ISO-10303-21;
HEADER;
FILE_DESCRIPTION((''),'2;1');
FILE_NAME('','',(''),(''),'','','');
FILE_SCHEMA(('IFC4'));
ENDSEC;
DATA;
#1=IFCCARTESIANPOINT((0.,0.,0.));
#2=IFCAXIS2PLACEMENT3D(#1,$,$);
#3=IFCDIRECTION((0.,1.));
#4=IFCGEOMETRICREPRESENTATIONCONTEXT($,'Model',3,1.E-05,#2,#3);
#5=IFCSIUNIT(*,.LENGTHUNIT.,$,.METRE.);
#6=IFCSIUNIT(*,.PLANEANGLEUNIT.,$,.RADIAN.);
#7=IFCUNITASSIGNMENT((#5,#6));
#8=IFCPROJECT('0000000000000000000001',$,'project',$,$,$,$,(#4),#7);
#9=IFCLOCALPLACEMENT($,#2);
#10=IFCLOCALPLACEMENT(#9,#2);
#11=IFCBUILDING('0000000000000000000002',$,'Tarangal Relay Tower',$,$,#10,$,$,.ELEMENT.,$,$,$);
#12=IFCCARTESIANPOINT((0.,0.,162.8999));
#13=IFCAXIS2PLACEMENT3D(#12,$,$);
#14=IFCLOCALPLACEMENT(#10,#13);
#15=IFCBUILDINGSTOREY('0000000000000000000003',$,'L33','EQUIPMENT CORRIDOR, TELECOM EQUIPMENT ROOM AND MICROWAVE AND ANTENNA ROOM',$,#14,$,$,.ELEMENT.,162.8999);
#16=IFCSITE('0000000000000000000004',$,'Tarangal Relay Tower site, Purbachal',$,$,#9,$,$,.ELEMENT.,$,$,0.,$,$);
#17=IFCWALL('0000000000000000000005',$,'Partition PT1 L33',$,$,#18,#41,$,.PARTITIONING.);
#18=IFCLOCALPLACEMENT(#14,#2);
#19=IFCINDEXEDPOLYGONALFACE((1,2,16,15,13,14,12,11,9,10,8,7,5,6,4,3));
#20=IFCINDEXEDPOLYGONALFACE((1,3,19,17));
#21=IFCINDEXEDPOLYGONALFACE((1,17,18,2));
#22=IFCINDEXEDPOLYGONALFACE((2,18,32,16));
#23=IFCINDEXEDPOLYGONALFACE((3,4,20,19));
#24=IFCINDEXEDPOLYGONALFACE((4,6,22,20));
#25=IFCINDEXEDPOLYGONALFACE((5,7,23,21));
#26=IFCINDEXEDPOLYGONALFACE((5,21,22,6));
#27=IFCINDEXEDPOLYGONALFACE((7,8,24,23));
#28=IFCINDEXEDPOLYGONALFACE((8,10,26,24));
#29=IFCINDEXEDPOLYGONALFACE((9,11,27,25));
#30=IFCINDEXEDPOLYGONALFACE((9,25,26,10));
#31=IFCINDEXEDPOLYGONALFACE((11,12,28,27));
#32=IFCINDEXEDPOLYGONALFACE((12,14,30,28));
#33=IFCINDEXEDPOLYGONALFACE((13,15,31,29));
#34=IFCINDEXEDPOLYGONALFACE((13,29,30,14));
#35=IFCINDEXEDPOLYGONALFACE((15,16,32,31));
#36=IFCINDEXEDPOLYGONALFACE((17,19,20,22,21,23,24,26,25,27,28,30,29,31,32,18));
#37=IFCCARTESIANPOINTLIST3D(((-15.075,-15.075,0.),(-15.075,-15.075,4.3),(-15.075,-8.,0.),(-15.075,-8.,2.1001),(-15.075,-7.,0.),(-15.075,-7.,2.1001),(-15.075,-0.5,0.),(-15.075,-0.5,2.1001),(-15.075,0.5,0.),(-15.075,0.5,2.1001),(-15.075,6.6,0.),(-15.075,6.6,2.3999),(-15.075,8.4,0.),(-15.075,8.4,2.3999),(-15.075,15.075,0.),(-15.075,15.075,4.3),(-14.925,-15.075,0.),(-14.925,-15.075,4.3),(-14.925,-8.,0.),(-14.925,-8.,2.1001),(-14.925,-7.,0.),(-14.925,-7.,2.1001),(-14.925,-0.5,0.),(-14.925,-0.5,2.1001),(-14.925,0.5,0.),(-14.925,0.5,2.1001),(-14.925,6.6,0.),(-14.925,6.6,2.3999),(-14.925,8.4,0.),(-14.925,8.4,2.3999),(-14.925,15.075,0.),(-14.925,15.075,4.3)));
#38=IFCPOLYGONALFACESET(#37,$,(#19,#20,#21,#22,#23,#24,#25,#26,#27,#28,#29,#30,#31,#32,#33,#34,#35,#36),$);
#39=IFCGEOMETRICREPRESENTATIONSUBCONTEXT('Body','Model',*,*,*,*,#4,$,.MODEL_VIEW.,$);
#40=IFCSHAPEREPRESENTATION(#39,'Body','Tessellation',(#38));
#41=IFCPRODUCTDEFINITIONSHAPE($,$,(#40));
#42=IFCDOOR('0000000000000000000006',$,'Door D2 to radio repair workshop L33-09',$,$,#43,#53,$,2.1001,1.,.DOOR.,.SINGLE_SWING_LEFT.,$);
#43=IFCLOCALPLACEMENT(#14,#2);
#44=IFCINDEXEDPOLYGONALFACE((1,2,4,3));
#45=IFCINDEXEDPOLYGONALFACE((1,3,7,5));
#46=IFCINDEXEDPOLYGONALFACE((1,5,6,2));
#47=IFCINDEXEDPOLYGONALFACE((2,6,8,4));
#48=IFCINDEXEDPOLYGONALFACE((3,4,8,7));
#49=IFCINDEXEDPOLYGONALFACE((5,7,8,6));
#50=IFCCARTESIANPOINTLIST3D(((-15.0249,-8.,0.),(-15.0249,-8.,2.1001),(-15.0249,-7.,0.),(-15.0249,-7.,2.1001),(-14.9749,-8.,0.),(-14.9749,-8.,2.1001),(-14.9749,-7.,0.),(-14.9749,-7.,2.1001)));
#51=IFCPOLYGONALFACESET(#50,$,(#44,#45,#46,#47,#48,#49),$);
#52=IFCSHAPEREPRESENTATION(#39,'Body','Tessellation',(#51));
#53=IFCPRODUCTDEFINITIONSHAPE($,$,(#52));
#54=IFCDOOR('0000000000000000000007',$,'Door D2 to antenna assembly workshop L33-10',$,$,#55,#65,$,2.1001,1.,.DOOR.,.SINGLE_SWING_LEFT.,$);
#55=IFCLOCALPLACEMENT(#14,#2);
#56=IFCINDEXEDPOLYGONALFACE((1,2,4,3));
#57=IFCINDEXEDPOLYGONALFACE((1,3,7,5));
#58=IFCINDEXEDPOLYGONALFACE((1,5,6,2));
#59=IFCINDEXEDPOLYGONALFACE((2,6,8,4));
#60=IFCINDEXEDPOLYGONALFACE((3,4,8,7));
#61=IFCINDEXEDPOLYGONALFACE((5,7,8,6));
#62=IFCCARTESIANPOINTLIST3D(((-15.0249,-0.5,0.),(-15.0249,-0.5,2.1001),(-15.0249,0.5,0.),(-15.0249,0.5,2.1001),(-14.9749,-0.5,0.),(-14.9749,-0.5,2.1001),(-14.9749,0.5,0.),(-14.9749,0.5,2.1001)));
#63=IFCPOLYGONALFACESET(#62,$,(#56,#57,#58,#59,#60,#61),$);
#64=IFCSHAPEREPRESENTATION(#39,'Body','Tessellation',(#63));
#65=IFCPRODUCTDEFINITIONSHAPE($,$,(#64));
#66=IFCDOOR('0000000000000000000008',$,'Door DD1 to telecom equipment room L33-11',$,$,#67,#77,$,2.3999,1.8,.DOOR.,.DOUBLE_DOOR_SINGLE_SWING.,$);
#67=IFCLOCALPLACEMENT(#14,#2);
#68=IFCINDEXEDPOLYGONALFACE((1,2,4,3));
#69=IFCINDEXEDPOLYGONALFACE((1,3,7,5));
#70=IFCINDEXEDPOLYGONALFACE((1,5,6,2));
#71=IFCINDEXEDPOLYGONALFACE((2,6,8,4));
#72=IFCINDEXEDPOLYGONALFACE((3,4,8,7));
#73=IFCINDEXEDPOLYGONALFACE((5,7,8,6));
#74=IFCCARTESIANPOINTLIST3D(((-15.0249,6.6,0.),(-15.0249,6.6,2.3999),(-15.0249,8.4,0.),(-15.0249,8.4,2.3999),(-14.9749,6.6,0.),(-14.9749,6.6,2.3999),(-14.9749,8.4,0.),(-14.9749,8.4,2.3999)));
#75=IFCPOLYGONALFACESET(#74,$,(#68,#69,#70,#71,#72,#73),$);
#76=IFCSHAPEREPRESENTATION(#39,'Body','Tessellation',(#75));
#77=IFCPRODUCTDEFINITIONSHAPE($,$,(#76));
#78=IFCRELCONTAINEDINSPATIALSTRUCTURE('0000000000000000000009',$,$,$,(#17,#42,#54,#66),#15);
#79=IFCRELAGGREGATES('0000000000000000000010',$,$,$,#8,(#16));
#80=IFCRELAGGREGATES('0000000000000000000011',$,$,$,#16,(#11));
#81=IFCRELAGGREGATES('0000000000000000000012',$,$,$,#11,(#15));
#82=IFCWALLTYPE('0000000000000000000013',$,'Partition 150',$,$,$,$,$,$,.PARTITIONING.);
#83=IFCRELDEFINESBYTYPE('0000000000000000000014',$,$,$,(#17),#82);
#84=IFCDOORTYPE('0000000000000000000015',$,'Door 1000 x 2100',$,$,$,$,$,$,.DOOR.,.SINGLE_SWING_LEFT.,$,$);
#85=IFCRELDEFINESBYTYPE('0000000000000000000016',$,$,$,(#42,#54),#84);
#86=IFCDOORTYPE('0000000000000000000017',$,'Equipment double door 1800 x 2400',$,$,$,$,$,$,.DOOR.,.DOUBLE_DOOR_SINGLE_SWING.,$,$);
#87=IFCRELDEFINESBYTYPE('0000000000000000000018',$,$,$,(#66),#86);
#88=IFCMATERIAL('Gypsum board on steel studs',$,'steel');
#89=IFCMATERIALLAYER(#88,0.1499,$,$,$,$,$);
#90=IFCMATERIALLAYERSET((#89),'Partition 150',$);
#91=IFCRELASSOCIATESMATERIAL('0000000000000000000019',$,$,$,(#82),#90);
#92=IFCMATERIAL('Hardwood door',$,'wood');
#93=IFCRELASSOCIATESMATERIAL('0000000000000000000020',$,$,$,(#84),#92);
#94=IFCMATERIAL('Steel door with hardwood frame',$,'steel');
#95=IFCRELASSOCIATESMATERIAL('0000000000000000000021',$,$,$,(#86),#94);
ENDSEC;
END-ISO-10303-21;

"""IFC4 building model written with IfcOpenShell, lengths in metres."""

from ifc_helpers import new_model, si_unit, direction, frame, frame_2d, origin, place, context, subcontext, project, spatial, rectangle, extrude, material, layer, layer_set, type_object, element, fill, save


model = new_model("IFC4")

# Units and contexts
model_context = context("Model", 3, precision=1e-05, world=origin(), true_north=direction((0.0, 1.0)))
body_context = subcontext(model_context, "Body", "Model", "MODEL_VIEW")
ifc_project = project(units=[si_unit("LENGTHUNIT", "METRE"), si_unit("PLANEANGLEUNIT", "RADIAN")], contexts=[model_context])

# Site, building, storey
site_placement = place(None, origin())
site = spatial("IfcSite", under=ifc_project, at=site_placement, Name="Tarangal Relay Tower site, Purbachal", CompositionType="ELEMENT", RefElevation=0.0)
building_placement = place(site_placement, origin())
building = spatial("IfcBuilding", under=site, at=building_placement, Name="Tarangal Relay Tower", CompositionType="ELEMENT")
storey_placement = place(building_placement, frame((0.0, 0.0, 162.8999)))
storey = spatial("IfcBuildingStorey", under=building, at=storey_placement, Name="L33", Description="EQUIPMENT CORRIDOR, TELECOM EQUIPMENT ROOM AND MICROWAVE AND ANTENNA ROOM", CompositionType="ELEMENT", Elevation=162.8999)

# Wall, openings, doors
ifc_material_1 = material(Name="Gypsum board on steel studs", Category="steel")
ifc_layer_1 = layer(ifc_material_1, 0.1499)
ifc_layer_set_1 = layer_set([ifc_layer_1], Name="Partition 150")
wall_type_1 = type_object("IfcWallType", Name="Partition 150", PredefinedType="PARTITIONING", material=ifc_layer_set_1)
ifc_material_2 = material(Name="Hardwood door", Category="wood")
door_type_1 = type_object("IfcDoorType", Name="Door 1000 x 2100", OperationType="SINGLE_SWING_LEFT", PredefinedType="DOOR", material=ifc_material_2)
ifc_material_3 = material(Name="Steel door with hardwood frame", Category="steel")
door_type_2 = type_object("IfcDoorType", Name="Equipment double door 1800 x 2400", OperationType="DOUBLE_DOOR_SINGLE_SWING", PredefinedType="DOOR", material=ifc_material_3)
wall_1_placement = place(storey_placement, frame((-15.0, -15.075, 0.0), z_axis=(0.0, 0.0, 1.0), x_axis=(0.0, 1.0, 0.0)))
wall_1 = element("IfcWall", 1, at=wall_1_placement, inside=storey, type_object=wall_type_1, Name="Partition PT1 L33", PredefinedType="PARTITIONING", context=body_context, shape_type="SweptSolid", body=[
    extrude(rectangle(XDim=30.1499, YDim=0.1499, at=frame_2d((15.075, 0.0))), origin(), (0.0, 0.0, 1.0), 4.3),
])
opening_1_placement = place(wall_1_placement, frame((7.075, 0.0, 0.0)))
opening_1 = element("IfcOpeningElement", 2, at=opening_1_placement, cuts=wall_1, PredefinedType="OPENING", context=body_context, shape_type="SweptSolid", body=[
    extrude(rectangle(XDim=1.0, YDim=2.1001, at=frame_2d((0.5, 1.05))), frame((0.0, 0.085, 0.0), z_axis=(0.0, -1.0, 0.0), x_axis=(1.0, 0.0, 0.0)), (0.0, 0.0, 1.0), 0.1699),
])
opening_2_placement = place(wall_1_placement, frame((14.575, 0.0, 0.0)))
opening_2 = element("IfcOpeningElement", 3, at=opening_2_placement, cuts=wall_1, PredefinedType="OPENING", context=body_context, shape_type="SweptSolid", body=[
    extrude(rectangle(XDim=1.0, YDim=2.1001, at=frame_2d((0.5, 1.05))), frame((0.0, 0.085, 0.0), z_axis=(0.0, -1.0, 0.0), x_axis=(1.0, 0.0, 0.0)), (0.0, 0.0, 1.0), 0.1699),
])
opening_3_placement = place(wall_1_placement, frame((21.675, 0.0, 0.0)))
opening_3 = element("IfcOpeningElement", 4, at=opening_3_placement, cuts=wall_1, PredefinedType="OPENING", context=body_context, shape_type="SweptSolid", body=[
    extrude(rectangle(XDim=1.8, YDim=2.3999, at=frame_2d((0.8999, 1.2))), frame((0.0, 0.085, 0.0), z_axis=(0.0, -1.0, 0.0), x_axis=(1.0, 0.0, 0.0)), (0.0, 0.0, 1.0), 0.1699),
])
door_1_placement = place(opening_1_placement, origin())
door_1 = element("IfcDoor", 5, at=door_1_placement, inside=storey, type_object=door_type_1, Name="Door D2 to radio repair workshop L33-09", OperationType="SINGLE_SWING_LEFT", OverallHeight=2.1001, OverallWidth=1.0, PredefinedType="DOOR", context=body_context, shape_type="SweptSolid", body=[
    extrude(rectangle(XDim=1.0, YDim=2.1001, at=frame_2d((0.5, 1.05))), frame((0.0, 0.0249, 0.0), z_axis=(0.0, -1.0, 0.0), x_axis=(1.0, 0.0, 0.0)), (0.0, 0.0, 1.0), 0.05),
])
fill(opening_1, door_1)
door_2_placement = place(opening_2_placement, origin())
door_2 = element("IfcDoor", 6, at=door_2_placement, inside=storey, type_object=door_type_1, Name="Door D2 to antenna assembly workshop L33-10", OperationType="SINGLE_SWING_LEFT", OverallHeight=2.1001, OverallWidth=1.0, PredefinedType="DOOR", context=body_context, shape_type="SweptSolid", body=[
    extrude(rectangle(XDim=1.0, YDim=2.1001, at=frame_2d((0.5, 1.05))), frame((0.0, 0.0249, 0.0), z_axis=(0.0, -1.0, 0.0), x_axis=(1.0, 0.0, 0.0)), (0.0, 0.0, 1.0), 0.05),
])
fill(opening_2, door_2)
door_3_placement = place(opening_3_placement, origin())
door_3 = element("IfcDoor", 7, at=door_3_placement, inside=storey, type_object=door_type_2, Name="Door DD1 to telecom equipment room L33-11", OperationType="DOUBLE_DOOR_SINGLE_SWING", OverallHeight=2.3999, OverallWidth=1.8, PredefinedType="DOOR", context=body_context, shape_type="SweptSolid", body=[
    extrude(rectangle(XDim=1.8, YDim=2.3999, at=frame_2d((0.8999, 1.2))), frame((0.0, 0.0249, 0.0), z_axis=(0.0, -1.0, 0.0), x_axis=(1.0, 0.0, 0.0)), (0.0, 0.0, 1.0), 0.05),
])
fill(opening_3, door_3)

save(model, "model.ifc")
